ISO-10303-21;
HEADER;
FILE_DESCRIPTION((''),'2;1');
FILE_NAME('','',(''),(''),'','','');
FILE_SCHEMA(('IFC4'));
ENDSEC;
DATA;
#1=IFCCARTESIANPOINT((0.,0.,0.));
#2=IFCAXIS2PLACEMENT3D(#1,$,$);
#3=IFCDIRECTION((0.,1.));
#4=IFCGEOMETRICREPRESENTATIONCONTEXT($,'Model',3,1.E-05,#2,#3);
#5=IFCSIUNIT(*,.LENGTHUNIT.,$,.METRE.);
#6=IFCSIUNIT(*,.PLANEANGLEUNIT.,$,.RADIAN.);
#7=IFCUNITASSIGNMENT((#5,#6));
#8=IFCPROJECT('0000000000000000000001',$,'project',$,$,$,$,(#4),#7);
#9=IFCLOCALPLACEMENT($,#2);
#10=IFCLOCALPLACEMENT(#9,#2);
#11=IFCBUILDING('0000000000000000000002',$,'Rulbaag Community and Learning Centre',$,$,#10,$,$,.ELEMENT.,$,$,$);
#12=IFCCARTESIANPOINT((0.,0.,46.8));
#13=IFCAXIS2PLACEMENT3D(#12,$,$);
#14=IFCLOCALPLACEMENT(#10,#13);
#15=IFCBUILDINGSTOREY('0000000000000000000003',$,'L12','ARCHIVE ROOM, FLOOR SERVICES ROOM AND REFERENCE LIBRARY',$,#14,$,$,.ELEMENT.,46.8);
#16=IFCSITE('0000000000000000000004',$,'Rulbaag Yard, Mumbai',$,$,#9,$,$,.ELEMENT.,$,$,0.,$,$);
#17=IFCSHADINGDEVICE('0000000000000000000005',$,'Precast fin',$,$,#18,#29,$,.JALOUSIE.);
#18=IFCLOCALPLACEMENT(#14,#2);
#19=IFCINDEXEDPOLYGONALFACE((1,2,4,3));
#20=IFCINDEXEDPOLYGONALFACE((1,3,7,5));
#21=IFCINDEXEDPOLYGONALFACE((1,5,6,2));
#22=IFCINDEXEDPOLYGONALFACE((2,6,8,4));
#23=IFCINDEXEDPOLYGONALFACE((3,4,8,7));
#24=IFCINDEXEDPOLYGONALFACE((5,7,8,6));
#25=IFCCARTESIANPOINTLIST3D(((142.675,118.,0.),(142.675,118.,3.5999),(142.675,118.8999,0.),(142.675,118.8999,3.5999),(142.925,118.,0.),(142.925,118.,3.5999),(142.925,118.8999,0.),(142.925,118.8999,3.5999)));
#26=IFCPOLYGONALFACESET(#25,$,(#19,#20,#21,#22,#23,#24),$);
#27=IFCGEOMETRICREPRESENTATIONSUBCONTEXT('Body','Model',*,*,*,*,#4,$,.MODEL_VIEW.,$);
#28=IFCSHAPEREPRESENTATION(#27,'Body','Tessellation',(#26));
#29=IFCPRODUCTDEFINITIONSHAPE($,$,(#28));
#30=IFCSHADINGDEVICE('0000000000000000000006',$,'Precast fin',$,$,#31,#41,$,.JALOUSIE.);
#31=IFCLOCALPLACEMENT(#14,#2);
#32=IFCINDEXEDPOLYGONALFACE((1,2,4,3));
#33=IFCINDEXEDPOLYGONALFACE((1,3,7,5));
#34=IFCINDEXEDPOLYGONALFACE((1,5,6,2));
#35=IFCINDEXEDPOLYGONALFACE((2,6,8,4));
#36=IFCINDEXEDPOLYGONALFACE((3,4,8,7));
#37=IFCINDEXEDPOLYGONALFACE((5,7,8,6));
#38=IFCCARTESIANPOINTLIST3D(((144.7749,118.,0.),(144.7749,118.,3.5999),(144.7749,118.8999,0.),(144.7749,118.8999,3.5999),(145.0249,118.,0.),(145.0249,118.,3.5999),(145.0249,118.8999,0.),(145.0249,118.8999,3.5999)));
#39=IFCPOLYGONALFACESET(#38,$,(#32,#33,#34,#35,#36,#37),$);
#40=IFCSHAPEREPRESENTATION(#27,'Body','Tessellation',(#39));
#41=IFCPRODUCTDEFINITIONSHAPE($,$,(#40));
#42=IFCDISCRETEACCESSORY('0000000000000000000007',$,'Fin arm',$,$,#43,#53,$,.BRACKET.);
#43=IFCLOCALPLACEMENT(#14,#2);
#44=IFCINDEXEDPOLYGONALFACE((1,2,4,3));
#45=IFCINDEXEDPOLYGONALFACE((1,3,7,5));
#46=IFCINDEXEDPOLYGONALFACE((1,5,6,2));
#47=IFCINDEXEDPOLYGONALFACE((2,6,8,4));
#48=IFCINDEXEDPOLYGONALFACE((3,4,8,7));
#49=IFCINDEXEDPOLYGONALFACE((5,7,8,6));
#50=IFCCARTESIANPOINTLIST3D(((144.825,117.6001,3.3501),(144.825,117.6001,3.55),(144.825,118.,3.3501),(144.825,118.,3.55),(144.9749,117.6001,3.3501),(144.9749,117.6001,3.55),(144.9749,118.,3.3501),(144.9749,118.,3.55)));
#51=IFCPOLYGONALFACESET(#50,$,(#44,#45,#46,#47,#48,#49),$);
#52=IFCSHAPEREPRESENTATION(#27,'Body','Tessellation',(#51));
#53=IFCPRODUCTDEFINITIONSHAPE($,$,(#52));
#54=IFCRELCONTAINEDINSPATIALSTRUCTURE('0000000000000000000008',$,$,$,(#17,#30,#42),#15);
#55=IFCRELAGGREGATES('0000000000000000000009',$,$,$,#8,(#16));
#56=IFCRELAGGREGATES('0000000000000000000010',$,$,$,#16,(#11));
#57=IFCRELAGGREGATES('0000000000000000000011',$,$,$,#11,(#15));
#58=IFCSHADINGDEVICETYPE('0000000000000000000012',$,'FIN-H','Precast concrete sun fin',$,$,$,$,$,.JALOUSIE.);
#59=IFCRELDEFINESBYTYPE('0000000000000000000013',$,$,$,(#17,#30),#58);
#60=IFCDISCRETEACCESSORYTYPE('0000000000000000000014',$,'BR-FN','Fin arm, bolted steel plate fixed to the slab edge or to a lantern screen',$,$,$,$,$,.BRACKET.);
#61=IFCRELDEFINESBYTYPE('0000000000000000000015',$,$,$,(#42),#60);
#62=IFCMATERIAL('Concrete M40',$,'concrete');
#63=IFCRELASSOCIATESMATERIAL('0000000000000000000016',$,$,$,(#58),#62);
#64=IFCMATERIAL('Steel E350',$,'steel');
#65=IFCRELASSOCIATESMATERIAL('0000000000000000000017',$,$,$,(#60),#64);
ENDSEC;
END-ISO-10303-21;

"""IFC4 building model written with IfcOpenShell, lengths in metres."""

from ifc_helpers import new_model, si_unit, direction, frame, origin, origin_2d, place, context, subcontext, project, spatial, rectangle, extrude, material, material_profile, profile_set, type_object, element, save


model = new_model("IFC4")

# Units and contexts
model_context = context("Model", 3, precision=1e-05, world=origin(), true_north=direction((0.0, 1.0)))
body_context = subcontext(model_context, "Body", "Model", "MODEL_VIEW")
ifc_project = project(units=[si_unit("LENGTHUNIT", "METRE"), si_unit("PLANEANGLEUNIT", "RADIAN")], contexts=[model_context])

# Site, building, storey
site_placement = place(None, origin())
site = spatial("IfcSite", under=ifc_project, at=site_placement, Name="Rulbaag Yard, Mumbai", CompositionType="ELEMENT", RefElevation=0.0)
building_placement = place(site_placement, origin())
building = spatial("IfcBuilding", under=site, at=building_placement, Name="Rulbaag Community and Learning Centre", CompositionType="ELEMENT")
storey_placement = place(building_placement, frame((0.0, 0.0, 46.8)))
storey = spatial("IfcBuildingStorey", under=building, at=storey_placement, Name="L12", Description="ARCHIVE ROOM, FLOOR SERVICES ROOM AND REFERENCE LIBRARY", CompositionType="ELEMENT", Elevation=46.8)

# Shared definitions
ifc_material_1 = material(Name="Concrete M40", Category="concrete")

# Shading devices
ifc_material_profile_1 = material_profile(ifc_material_1, rectangle(XDim=0.25, YDim=0.8999, at=origin_2d()), Name="PC 250x900")
ifc_profile_set_1 = profile_set([ifc_material_profile_1], Name="Concrete M40")
shading_device_type = type_object("IfcShadingDeviceType", Name="FIN-H", Description="Precast concrete sun fin", PredefinedType="JALOUSIE", material=ifc_profile_set_1)
for number, where, z_axis, x_axis, name in (
    (1, (142.8, 118.45, 0.0), (0.0, 0.0, 1.0), (1.0, 0.0, 0.0), "Precast fin"),
    (2, (144.8999, 118.45, 0.0), (0.0, 0.0, 1.0), (1.0, 0.0, 0.0), "Precast fin"),
):
    element("IfcShadingDevice", number, at=place(storey_placement, frame(where, z_axis=z_axis, x_axis=x_axis)), inside=storey, type_object=shading_device_type, Name=name, PredefinedType="JALOUSIE", context=body_context, shape_type="SweptSolid", body=[
        extrude(rectangle(XDim=0.25, YDim=0.8999, at=origin_2d()), origin(), (0.0, 0.0, 1.0), 3.5999),
    ])

# Discrete accessory
ifc_material_2 = material(Name="Steel E350", Category="steel")
discrete_accessory_type = type_object("IfcDiscreteAccessoryType", Name="BR-FN", Description="Fin arm, bolted steel plate fixed to the slab edge or to a lantern screen", PredefinedType="BRACKET", material=ifc_material_2)
discrete_accessory_placement = place(storey_placement, frame((144.8999, 117.8, 3.3501), z_axis=(0.0, 0.0, 1.0), x_axis=(1.0, 0.0, 0.0)))
element("IfcDiscreteAccessory", 3, at=discrete_accessory_placement, inside=storey, type_object=discrete_accessory_type, Name="Fin arm", PredefinedType="BRACKET", context=body_context, shape_type="SweptSolid", body=[
    extrude(rectangle(XDim=0.1499, YDim=0.3999, at=origin_2d()), origin(), (0.0, 0.0, 1.0), 0.2),
])

save(model, "model.ifc")
